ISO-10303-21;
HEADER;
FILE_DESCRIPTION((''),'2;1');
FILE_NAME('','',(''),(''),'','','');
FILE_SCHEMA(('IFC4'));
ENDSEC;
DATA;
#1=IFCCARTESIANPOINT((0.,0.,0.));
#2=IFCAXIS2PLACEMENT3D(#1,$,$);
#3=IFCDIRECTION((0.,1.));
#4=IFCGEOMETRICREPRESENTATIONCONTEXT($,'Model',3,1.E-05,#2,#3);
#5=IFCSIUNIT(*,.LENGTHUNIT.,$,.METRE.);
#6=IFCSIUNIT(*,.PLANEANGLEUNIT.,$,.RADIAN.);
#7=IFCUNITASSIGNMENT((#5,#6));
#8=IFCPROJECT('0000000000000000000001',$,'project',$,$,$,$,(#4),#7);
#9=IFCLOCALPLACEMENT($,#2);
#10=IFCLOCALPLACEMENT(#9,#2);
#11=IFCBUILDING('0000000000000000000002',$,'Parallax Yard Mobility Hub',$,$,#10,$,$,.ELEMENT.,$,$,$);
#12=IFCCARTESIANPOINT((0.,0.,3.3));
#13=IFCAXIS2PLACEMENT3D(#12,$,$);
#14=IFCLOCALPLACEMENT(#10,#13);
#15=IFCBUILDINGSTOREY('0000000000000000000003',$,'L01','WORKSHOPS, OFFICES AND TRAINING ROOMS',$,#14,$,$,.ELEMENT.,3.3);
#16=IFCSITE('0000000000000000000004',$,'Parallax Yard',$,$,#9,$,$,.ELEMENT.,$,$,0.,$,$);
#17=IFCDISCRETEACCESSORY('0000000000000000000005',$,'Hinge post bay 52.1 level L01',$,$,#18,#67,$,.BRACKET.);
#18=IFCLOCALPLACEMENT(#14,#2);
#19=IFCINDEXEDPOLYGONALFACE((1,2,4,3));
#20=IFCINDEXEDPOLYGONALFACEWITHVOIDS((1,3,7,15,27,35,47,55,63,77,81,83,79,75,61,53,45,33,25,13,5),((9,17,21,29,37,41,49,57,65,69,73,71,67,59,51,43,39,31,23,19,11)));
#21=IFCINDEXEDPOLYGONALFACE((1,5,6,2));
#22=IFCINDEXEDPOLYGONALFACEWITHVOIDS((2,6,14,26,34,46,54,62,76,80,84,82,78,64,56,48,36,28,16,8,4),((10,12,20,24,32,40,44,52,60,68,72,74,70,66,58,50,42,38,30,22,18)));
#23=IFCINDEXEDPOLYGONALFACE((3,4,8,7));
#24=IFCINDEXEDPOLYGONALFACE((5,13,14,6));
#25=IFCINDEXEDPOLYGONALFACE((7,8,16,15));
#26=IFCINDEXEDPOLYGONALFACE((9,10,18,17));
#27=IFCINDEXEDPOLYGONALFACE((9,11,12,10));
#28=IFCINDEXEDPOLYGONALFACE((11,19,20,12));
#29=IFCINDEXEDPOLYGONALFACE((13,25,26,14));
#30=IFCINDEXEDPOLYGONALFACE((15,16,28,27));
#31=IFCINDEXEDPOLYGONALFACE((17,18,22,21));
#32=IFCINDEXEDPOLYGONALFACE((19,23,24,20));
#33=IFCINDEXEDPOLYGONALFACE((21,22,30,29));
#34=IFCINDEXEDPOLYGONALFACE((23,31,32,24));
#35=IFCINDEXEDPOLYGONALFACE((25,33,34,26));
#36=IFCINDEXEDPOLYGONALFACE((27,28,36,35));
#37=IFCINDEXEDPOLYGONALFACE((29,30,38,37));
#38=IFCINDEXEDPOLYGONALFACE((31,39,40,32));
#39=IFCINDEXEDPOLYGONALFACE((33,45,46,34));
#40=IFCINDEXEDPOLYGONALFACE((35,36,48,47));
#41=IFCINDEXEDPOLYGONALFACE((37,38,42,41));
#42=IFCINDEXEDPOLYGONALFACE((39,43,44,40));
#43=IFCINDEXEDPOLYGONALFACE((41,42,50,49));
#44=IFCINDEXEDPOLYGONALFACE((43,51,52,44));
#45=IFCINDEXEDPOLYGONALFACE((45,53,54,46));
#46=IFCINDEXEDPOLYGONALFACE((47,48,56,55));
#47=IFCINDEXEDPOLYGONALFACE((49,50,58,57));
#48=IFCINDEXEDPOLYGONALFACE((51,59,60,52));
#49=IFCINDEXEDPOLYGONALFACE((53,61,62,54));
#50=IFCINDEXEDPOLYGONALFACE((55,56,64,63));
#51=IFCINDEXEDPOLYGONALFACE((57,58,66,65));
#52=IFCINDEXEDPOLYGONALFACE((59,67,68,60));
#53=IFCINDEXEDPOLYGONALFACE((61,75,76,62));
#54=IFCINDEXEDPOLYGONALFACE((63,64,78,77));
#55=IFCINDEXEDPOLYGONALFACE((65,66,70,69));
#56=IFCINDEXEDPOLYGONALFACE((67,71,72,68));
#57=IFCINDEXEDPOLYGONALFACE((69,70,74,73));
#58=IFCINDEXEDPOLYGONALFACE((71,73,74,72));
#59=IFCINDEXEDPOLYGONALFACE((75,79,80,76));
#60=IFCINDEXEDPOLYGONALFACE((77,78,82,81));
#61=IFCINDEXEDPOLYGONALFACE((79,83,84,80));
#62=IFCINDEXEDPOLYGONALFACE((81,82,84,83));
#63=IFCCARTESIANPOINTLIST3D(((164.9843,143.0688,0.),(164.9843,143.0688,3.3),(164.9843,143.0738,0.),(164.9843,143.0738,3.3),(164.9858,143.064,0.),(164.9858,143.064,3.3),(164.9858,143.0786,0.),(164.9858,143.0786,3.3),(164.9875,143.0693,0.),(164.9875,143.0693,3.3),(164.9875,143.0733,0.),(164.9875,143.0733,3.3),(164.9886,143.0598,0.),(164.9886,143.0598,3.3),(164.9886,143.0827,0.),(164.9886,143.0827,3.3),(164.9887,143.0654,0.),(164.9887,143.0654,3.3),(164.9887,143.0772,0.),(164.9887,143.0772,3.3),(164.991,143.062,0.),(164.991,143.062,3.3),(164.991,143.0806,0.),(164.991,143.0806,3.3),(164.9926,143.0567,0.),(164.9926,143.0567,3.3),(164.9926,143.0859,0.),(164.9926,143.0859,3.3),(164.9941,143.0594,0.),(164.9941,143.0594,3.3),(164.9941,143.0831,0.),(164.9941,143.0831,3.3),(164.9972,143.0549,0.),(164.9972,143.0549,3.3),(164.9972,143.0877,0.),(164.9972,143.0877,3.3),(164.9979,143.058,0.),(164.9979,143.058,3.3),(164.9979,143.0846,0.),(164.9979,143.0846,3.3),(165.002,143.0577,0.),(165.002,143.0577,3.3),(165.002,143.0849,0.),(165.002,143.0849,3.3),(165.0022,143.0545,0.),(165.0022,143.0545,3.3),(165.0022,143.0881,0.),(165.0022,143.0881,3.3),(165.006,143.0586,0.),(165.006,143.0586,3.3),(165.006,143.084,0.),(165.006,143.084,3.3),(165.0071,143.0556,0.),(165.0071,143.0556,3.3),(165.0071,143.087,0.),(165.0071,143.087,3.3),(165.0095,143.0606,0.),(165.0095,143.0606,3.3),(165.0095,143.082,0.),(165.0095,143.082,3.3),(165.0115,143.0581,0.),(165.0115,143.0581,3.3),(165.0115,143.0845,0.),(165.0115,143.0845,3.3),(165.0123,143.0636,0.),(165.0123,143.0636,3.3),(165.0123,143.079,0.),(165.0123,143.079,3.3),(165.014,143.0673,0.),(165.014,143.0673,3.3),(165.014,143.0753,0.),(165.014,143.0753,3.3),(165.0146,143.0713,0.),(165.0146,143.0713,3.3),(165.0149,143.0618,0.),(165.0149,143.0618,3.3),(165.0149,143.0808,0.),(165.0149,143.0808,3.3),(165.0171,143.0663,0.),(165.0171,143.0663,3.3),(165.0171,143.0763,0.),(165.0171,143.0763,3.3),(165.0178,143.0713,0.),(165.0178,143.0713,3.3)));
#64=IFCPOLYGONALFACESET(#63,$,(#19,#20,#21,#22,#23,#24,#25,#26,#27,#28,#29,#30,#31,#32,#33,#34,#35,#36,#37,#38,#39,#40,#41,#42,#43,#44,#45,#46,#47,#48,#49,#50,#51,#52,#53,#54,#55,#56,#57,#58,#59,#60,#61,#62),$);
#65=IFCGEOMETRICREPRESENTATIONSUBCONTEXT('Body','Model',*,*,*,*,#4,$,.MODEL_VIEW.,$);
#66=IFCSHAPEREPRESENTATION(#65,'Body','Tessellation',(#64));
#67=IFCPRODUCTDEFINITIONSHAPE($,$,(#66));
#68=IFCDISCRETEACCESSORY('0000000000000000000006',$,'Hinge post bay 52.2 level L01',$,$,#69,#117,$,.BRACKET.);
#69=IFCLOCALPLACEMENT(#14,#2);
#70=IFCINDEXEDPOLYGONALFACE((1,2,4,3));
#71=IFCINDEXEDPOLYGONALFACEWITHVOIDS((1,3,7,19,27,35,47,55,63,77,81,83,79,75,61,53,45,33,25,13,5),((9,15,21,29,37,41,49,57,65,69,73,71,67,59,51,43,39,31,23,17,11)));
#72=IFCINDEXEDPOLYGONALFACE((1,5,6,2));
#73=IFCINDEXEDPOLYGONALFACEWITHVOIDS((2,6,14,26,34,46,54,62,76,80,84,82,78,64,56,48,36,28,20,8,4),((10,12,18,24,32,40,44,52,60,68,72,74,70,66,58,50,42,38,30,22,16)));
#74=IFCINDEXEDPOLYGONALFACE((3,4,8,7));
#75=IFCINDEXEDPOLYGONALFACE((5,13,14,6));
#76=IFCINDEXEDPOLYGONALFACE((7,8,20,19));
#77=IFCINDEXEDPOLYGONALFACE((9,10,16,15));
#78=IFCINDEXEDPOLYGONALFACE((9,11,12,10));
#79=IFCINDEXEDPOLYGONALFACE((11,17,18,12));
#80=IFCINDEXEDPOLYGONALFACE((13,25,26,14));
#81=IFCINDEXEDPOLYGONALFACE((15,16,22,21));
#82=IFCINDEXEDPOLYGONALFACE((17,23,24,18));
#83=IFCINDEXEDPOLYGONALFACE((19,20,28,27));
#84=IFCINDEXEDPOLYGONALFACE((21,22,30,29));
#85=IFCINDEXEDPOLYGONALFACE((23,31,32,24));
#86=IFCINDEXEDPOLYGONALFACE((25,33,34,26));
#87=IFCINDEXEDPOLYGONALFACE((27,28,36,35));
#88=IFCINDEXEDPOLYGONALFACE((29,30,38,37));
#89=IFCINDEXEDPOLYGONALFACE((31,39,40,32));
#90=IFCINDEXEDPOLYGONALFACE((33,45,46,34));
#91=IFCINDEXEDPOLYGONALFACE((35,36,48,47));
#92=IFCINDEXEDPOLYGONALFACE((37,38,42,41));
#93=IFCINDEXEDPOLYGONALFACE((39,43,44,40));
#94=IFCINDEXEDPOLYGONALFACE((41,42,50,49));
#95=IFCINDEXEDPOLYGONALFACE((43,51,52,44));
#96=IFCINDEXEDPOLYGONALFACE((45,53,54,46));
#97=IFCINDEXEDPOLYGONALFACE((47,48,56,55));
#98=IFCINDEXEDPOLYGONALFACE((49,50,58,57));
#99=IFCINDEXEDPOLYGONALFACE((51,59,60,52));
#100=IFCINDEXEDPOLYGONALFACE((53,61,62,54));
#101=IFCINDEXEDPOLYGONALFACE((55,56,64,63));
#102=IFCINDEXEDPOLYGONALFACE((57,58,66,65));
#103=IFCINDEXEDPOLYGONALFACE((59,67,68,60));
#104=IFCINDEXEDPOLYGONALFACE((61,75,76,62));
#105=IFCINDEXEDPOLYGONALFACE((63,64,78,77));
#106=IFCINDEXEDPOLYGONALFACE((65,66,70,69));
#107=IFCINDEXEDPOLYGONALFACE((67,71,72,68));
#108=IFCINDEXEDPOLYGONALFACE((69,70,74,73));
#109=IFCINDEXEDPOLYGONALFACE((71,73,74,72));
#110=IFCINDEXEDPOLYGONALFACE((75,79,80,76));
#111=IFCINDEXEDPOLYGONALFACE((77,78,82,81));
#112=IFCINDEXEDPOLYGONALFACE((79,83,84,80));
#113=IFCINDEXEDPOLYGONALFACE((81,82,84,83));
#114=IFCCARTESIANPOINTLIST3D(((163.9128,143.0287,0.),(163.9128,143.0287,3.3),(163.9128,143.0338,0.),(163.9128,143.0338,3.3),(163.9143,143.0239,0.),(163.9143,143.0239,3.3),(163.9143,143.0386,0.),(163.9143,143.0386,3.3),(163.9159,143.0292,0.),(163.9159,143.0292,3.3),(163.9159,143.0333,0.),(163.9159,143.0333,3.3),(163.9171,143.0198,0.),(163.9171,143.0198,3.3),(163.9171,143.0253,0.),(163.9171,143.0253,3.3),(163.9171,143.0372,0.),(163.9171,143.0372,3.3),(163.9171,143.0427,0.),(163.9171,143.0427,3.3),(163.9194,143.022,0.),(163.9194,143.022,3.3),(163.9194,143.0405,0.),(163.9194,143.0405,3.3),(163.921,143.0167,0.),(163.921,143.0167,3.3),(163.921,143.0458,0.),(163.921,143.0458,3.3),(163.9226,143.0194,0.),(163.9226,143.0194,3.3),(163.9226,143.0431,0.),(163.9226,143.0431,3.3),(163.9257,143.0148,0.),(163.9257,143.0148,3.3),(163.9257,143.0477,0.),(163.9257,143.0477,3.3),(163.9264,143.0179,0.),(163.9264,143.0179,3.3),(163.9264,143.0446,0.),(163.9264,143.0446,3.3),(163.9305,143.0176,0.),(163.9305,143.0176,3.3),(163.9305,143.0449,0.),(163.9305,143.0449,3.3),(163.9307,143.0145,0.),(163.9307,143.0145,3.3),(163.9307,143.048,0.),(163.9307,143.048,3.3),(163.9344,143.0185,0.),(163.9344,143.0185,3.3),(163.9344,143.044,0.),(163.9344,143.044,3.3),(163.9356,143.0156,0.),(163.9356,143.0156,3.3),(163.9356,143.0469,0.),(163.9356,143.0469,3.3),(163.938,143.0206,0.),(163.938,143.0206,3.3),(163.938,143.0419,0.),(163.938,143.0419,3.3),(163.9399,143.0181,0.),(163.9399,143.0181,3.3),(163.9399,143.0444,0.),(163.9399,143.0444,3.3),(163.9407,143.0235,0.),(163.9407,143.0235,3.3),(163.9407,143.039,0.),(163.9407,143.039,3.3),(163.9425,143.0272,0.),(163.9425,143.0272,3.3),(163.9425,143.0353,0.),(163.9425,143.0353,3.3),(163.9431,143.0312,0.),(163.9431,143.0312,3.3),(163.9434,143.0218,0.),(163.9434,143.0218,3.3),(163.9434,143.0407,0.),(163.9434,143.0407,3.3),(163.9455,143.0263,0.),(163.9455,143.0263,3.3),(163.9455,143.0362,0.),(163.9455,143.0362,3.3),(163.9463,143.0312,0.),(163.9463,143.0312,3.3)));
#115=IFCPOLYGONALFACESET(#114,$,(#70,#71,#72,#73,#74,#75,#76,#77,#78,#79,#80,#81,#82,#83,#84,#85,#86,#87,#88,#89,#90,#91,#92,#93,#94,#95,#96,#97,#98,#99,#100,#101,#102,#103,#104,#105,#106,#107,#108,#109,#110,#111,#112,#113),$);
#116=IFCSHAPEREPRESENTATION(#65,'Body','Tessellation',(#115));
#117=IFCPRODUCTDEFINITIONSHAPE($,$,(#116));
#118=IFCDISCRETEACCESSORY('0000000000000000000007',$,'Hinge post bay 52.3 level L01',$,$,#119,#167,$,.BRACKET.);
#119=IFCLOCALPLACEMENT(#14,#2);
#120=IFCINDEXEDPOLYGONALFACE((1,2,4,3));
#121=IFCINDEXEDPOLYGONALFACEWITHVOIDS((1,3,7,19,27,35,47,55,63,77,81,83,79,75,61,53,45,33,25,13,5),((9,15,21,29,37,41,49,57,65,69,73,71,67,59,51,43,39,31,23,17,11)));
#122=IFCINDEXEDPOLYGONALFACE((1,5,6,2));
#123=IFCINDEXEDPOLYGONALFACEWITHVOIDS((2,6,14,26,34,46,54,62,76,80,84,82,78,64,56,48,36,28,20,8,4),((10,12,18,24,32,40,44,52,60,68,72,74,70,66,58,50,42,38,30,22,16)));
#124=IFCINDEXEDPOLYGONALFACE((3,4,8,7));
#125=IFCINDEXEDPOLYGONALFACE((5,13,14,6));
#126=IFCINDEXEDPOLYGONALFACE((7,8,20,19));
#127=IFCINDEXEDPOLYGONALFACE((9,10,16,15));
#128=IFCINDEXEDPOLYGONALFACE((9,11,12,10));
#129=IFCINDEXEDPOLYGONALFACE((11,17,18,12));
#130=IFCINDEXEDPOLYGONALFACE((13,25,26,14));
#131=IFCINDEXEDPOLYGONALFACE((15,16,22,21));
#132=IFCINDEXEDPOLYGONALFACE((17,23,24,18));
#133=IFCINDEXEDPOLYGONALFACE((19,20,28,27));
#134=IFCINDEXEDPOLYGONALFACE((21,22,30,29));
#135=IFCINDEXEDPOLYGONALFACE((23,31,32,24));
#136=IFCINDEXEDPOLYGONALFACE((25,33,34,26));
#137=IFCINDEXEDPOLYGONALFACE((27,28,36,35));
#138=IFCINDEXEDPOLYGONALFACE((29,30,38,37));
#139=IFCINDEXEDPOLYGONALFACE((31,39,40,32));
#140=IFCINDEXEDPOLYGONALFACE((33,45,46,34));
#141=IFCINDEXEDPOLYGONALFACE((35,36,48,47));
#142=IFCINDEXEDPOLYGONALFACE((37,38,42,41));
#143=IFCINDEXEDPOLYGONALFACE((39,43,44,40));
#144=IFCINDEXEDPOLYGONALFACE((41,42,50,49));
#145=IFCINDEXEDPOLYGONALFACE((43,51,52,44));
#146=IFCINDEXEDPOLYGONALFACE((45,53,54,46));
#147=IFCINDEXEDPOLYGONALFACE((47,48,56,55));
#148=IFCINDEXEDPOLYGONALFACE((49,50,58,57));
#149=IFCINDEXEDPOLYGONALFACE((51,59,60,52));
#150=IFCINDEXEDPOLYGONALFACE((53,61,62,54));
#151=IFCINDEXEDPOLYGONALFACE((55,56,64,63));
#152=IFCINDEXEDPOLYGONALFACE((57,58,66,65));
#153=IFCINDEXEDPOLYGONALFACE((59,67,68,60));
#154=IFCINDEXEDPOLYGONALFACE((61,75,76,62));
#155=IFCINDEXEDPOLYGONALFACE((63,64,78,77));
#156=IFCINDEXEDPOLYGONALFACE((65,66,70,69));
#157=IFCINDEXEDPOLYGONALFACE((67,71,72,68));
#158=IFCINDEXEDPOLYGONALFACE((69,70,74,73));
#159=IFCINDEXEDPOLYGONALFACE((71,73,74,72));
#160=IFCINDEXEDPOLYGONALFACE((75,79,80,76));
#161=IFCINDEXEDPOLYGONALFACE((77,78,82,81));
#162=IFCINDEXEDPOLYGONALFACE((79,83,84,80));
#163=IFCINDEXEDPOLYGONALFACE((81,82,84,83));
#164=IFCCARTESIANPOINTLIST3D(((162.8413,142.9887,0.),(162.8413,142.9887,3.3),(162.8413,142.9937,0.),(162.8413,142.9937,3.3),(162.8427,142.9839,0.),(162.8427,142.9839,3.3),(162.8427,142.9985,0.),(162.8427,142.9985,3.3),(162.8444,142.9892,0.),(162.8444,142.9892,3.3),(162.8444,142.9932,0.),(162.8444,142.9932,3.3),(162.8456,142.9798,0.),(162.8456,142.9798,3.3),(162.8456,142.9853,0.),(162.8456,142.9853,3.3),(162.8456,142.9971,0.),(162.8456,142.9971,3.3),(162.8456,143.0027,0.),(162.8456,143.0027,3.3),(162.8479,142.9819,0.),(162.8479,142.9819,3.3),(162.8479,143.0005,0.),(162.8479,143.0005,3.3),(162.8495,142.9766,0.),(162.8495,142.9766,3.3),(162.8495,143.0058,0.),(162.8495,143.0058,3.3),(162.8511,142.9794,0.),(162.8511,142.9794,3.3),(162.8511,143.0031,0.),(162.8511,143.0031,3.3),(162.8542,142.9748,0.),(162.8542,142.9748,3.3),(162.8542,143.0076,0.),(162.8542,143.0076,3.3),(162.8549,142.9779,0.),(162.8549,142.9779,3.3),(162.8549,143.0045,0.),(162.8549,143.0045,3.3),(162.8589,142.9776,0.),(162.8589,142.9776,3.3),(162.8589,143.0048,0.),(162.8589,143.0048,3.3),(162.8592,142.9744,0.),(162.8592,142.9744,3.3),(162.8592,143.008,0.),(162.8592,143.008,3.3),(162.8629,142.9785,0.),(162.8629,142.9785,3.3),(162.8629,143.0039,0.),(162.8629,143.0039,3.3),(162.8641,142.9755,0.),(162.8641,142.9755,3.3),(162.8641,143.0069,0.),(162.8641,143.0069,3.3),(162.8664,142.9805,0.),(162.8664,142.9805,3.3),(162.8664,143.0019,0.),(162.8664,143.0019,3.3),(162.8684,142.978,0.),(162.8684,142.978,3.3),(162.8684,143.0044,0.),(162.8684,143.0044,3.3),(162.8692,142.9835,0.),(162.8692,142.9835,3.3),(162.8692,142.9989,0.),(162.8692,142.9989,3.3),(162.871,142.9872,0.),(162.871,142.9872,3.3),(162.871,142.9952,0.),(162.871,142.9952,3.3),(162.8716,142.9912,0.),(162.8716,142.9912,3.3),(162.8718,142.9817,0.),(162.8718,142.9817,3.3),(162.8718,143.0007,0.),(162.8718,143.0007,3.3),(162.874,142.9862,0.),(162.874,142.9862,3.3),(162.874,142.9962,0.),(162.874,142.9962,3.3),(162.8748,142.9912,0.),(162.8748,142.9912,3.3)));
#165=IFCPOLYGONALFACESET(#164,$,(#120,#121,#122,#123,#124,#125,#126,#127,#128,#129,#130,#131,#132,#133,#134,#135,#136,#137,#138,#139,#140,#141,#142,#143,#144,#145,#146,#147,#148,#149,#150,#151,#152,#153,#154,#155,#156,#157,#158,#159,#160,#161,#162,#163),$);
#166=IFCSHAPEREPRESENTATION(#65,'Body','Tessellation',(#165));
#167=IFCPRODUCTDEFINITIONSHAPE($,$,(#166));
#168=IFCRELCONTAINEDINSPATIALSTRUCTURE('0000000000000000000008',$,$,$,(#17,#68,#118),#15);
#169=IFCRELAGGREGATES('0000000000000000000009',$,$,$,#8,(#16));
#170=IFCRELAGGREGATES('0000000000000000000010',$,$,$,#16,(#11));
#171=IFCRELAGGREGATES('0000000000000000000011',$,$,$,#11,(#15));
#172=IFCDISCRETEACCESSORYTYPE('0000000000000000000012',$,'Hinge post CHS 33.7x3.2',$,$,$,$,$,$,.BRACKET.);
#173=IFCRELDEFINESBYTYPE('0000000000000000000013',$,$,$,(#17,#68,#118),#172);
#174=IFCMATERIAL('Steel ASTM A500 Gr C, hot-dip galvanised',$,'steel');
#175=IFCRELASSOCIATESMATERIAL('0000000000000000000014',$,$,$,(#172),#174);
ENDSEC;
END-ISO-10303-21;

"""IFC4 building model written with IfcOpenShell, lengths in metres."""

from ifc_helpers import new_model, si_unit, direction, frame, origin, origin_2d, place, context, subcontext, project, spatial, hollow_circle, extrude, material, material_profile, profile_set, type_object, element, save


model = new_model("IFC4")

# Units and contexts
model_context = context("Model", 3, precision=1e-05, world=origin(), true_north=direction((0.0, 1.0)))
body_context = subcontext(model_context, "Body", "Model", "MODEL_VIEW")
ifc_project = project(units=[si_unit("LENGTHUNIT", "METRE"), si_unit("PLANEANGLEUNIT", "RADIAN")], contexts=[model_context])

# Site, building, storey
site_placement = place(None, origin())
site = spatial("IfcSite", under=ifc_project, at=site_placement, Name="Parallax Yard", CompositionType="ELEMENT", RefElevation=0.0)
building_placement = place(site_placement, origin())
building = spatial("IfcBuilding", under=site, at=building_placement, Name="Parallax Yard Mobility Hub", CompositionType="ELEMENT")
storey_placement = place(building_placement, frame((0.0, 0.0, 3.3)))
storey = spatial("IfcBuildingStorey", under=building, at=storey_placement, Name="L01", Description="WORKSHOPS, OFFICES AND TRAINING ROOMS", CompositionType="ELEMENT", Elevation=3.3)

# Discrete accessories
ifc_material_1 = material(Name="Steel ASTM A500 Gr C, hot-dip galvanised", Category="steel")
ifc_material_profile = material_profile(ifc_material_1, hollow_circle(Radius=0.0168, WallThickness=0.0032, at=origin_2d()), Name="CHS 33.7x3.2")
ifc_profile_set = profile_set([ifc_material_profile], Name="Steel ASTM A500 Gr C, hot-dip galvanised")
discrete_accessory_type = type_object("IfcDiscreteAccessoryType", Name="Hinge post CHS 33.7x3.2", PredefinedType="BRACKET", material=ifc_profile_set)
for number, where, z_axis, x_axis, name in (
    (1, (165.001, 143.0713, 0.0), (0.0, 0.0, 1.0), (1.0, 0.0, 0.0), "Hinge post bay 52.1 level L01"),
    (2, (163.9294, 143.0312, 0.0), (0.0, 0.0, 1.0), (1.0, 0.0, 0.0), "Hinge post bay 52.2 level L01"),
    (3, (162.8579, 142.9912, 0.0), (0.0, 0.0, 1.0), (1.0, 0.0, 0.0), "Hinge post bay 52.3 level L01"),
):
    element("IfcDiscreteAccessory", number, at=place(storey_placement, frame(where, z_axis=z_axis, x_axis=x_axis)), inside=storey, type_object=discrete_accessory_type, Name=name, PredefinedType="BRACKET", context=body_context, shape_type="SweptSolid", body=[
        extrude(hollow_circle(Radius=0.0168, WallThickness=0.0032, at=origin_2d()), origin(), (0.0, 0.0, 1.0), 3.3),
    ])

save(model, "model.ifc")
